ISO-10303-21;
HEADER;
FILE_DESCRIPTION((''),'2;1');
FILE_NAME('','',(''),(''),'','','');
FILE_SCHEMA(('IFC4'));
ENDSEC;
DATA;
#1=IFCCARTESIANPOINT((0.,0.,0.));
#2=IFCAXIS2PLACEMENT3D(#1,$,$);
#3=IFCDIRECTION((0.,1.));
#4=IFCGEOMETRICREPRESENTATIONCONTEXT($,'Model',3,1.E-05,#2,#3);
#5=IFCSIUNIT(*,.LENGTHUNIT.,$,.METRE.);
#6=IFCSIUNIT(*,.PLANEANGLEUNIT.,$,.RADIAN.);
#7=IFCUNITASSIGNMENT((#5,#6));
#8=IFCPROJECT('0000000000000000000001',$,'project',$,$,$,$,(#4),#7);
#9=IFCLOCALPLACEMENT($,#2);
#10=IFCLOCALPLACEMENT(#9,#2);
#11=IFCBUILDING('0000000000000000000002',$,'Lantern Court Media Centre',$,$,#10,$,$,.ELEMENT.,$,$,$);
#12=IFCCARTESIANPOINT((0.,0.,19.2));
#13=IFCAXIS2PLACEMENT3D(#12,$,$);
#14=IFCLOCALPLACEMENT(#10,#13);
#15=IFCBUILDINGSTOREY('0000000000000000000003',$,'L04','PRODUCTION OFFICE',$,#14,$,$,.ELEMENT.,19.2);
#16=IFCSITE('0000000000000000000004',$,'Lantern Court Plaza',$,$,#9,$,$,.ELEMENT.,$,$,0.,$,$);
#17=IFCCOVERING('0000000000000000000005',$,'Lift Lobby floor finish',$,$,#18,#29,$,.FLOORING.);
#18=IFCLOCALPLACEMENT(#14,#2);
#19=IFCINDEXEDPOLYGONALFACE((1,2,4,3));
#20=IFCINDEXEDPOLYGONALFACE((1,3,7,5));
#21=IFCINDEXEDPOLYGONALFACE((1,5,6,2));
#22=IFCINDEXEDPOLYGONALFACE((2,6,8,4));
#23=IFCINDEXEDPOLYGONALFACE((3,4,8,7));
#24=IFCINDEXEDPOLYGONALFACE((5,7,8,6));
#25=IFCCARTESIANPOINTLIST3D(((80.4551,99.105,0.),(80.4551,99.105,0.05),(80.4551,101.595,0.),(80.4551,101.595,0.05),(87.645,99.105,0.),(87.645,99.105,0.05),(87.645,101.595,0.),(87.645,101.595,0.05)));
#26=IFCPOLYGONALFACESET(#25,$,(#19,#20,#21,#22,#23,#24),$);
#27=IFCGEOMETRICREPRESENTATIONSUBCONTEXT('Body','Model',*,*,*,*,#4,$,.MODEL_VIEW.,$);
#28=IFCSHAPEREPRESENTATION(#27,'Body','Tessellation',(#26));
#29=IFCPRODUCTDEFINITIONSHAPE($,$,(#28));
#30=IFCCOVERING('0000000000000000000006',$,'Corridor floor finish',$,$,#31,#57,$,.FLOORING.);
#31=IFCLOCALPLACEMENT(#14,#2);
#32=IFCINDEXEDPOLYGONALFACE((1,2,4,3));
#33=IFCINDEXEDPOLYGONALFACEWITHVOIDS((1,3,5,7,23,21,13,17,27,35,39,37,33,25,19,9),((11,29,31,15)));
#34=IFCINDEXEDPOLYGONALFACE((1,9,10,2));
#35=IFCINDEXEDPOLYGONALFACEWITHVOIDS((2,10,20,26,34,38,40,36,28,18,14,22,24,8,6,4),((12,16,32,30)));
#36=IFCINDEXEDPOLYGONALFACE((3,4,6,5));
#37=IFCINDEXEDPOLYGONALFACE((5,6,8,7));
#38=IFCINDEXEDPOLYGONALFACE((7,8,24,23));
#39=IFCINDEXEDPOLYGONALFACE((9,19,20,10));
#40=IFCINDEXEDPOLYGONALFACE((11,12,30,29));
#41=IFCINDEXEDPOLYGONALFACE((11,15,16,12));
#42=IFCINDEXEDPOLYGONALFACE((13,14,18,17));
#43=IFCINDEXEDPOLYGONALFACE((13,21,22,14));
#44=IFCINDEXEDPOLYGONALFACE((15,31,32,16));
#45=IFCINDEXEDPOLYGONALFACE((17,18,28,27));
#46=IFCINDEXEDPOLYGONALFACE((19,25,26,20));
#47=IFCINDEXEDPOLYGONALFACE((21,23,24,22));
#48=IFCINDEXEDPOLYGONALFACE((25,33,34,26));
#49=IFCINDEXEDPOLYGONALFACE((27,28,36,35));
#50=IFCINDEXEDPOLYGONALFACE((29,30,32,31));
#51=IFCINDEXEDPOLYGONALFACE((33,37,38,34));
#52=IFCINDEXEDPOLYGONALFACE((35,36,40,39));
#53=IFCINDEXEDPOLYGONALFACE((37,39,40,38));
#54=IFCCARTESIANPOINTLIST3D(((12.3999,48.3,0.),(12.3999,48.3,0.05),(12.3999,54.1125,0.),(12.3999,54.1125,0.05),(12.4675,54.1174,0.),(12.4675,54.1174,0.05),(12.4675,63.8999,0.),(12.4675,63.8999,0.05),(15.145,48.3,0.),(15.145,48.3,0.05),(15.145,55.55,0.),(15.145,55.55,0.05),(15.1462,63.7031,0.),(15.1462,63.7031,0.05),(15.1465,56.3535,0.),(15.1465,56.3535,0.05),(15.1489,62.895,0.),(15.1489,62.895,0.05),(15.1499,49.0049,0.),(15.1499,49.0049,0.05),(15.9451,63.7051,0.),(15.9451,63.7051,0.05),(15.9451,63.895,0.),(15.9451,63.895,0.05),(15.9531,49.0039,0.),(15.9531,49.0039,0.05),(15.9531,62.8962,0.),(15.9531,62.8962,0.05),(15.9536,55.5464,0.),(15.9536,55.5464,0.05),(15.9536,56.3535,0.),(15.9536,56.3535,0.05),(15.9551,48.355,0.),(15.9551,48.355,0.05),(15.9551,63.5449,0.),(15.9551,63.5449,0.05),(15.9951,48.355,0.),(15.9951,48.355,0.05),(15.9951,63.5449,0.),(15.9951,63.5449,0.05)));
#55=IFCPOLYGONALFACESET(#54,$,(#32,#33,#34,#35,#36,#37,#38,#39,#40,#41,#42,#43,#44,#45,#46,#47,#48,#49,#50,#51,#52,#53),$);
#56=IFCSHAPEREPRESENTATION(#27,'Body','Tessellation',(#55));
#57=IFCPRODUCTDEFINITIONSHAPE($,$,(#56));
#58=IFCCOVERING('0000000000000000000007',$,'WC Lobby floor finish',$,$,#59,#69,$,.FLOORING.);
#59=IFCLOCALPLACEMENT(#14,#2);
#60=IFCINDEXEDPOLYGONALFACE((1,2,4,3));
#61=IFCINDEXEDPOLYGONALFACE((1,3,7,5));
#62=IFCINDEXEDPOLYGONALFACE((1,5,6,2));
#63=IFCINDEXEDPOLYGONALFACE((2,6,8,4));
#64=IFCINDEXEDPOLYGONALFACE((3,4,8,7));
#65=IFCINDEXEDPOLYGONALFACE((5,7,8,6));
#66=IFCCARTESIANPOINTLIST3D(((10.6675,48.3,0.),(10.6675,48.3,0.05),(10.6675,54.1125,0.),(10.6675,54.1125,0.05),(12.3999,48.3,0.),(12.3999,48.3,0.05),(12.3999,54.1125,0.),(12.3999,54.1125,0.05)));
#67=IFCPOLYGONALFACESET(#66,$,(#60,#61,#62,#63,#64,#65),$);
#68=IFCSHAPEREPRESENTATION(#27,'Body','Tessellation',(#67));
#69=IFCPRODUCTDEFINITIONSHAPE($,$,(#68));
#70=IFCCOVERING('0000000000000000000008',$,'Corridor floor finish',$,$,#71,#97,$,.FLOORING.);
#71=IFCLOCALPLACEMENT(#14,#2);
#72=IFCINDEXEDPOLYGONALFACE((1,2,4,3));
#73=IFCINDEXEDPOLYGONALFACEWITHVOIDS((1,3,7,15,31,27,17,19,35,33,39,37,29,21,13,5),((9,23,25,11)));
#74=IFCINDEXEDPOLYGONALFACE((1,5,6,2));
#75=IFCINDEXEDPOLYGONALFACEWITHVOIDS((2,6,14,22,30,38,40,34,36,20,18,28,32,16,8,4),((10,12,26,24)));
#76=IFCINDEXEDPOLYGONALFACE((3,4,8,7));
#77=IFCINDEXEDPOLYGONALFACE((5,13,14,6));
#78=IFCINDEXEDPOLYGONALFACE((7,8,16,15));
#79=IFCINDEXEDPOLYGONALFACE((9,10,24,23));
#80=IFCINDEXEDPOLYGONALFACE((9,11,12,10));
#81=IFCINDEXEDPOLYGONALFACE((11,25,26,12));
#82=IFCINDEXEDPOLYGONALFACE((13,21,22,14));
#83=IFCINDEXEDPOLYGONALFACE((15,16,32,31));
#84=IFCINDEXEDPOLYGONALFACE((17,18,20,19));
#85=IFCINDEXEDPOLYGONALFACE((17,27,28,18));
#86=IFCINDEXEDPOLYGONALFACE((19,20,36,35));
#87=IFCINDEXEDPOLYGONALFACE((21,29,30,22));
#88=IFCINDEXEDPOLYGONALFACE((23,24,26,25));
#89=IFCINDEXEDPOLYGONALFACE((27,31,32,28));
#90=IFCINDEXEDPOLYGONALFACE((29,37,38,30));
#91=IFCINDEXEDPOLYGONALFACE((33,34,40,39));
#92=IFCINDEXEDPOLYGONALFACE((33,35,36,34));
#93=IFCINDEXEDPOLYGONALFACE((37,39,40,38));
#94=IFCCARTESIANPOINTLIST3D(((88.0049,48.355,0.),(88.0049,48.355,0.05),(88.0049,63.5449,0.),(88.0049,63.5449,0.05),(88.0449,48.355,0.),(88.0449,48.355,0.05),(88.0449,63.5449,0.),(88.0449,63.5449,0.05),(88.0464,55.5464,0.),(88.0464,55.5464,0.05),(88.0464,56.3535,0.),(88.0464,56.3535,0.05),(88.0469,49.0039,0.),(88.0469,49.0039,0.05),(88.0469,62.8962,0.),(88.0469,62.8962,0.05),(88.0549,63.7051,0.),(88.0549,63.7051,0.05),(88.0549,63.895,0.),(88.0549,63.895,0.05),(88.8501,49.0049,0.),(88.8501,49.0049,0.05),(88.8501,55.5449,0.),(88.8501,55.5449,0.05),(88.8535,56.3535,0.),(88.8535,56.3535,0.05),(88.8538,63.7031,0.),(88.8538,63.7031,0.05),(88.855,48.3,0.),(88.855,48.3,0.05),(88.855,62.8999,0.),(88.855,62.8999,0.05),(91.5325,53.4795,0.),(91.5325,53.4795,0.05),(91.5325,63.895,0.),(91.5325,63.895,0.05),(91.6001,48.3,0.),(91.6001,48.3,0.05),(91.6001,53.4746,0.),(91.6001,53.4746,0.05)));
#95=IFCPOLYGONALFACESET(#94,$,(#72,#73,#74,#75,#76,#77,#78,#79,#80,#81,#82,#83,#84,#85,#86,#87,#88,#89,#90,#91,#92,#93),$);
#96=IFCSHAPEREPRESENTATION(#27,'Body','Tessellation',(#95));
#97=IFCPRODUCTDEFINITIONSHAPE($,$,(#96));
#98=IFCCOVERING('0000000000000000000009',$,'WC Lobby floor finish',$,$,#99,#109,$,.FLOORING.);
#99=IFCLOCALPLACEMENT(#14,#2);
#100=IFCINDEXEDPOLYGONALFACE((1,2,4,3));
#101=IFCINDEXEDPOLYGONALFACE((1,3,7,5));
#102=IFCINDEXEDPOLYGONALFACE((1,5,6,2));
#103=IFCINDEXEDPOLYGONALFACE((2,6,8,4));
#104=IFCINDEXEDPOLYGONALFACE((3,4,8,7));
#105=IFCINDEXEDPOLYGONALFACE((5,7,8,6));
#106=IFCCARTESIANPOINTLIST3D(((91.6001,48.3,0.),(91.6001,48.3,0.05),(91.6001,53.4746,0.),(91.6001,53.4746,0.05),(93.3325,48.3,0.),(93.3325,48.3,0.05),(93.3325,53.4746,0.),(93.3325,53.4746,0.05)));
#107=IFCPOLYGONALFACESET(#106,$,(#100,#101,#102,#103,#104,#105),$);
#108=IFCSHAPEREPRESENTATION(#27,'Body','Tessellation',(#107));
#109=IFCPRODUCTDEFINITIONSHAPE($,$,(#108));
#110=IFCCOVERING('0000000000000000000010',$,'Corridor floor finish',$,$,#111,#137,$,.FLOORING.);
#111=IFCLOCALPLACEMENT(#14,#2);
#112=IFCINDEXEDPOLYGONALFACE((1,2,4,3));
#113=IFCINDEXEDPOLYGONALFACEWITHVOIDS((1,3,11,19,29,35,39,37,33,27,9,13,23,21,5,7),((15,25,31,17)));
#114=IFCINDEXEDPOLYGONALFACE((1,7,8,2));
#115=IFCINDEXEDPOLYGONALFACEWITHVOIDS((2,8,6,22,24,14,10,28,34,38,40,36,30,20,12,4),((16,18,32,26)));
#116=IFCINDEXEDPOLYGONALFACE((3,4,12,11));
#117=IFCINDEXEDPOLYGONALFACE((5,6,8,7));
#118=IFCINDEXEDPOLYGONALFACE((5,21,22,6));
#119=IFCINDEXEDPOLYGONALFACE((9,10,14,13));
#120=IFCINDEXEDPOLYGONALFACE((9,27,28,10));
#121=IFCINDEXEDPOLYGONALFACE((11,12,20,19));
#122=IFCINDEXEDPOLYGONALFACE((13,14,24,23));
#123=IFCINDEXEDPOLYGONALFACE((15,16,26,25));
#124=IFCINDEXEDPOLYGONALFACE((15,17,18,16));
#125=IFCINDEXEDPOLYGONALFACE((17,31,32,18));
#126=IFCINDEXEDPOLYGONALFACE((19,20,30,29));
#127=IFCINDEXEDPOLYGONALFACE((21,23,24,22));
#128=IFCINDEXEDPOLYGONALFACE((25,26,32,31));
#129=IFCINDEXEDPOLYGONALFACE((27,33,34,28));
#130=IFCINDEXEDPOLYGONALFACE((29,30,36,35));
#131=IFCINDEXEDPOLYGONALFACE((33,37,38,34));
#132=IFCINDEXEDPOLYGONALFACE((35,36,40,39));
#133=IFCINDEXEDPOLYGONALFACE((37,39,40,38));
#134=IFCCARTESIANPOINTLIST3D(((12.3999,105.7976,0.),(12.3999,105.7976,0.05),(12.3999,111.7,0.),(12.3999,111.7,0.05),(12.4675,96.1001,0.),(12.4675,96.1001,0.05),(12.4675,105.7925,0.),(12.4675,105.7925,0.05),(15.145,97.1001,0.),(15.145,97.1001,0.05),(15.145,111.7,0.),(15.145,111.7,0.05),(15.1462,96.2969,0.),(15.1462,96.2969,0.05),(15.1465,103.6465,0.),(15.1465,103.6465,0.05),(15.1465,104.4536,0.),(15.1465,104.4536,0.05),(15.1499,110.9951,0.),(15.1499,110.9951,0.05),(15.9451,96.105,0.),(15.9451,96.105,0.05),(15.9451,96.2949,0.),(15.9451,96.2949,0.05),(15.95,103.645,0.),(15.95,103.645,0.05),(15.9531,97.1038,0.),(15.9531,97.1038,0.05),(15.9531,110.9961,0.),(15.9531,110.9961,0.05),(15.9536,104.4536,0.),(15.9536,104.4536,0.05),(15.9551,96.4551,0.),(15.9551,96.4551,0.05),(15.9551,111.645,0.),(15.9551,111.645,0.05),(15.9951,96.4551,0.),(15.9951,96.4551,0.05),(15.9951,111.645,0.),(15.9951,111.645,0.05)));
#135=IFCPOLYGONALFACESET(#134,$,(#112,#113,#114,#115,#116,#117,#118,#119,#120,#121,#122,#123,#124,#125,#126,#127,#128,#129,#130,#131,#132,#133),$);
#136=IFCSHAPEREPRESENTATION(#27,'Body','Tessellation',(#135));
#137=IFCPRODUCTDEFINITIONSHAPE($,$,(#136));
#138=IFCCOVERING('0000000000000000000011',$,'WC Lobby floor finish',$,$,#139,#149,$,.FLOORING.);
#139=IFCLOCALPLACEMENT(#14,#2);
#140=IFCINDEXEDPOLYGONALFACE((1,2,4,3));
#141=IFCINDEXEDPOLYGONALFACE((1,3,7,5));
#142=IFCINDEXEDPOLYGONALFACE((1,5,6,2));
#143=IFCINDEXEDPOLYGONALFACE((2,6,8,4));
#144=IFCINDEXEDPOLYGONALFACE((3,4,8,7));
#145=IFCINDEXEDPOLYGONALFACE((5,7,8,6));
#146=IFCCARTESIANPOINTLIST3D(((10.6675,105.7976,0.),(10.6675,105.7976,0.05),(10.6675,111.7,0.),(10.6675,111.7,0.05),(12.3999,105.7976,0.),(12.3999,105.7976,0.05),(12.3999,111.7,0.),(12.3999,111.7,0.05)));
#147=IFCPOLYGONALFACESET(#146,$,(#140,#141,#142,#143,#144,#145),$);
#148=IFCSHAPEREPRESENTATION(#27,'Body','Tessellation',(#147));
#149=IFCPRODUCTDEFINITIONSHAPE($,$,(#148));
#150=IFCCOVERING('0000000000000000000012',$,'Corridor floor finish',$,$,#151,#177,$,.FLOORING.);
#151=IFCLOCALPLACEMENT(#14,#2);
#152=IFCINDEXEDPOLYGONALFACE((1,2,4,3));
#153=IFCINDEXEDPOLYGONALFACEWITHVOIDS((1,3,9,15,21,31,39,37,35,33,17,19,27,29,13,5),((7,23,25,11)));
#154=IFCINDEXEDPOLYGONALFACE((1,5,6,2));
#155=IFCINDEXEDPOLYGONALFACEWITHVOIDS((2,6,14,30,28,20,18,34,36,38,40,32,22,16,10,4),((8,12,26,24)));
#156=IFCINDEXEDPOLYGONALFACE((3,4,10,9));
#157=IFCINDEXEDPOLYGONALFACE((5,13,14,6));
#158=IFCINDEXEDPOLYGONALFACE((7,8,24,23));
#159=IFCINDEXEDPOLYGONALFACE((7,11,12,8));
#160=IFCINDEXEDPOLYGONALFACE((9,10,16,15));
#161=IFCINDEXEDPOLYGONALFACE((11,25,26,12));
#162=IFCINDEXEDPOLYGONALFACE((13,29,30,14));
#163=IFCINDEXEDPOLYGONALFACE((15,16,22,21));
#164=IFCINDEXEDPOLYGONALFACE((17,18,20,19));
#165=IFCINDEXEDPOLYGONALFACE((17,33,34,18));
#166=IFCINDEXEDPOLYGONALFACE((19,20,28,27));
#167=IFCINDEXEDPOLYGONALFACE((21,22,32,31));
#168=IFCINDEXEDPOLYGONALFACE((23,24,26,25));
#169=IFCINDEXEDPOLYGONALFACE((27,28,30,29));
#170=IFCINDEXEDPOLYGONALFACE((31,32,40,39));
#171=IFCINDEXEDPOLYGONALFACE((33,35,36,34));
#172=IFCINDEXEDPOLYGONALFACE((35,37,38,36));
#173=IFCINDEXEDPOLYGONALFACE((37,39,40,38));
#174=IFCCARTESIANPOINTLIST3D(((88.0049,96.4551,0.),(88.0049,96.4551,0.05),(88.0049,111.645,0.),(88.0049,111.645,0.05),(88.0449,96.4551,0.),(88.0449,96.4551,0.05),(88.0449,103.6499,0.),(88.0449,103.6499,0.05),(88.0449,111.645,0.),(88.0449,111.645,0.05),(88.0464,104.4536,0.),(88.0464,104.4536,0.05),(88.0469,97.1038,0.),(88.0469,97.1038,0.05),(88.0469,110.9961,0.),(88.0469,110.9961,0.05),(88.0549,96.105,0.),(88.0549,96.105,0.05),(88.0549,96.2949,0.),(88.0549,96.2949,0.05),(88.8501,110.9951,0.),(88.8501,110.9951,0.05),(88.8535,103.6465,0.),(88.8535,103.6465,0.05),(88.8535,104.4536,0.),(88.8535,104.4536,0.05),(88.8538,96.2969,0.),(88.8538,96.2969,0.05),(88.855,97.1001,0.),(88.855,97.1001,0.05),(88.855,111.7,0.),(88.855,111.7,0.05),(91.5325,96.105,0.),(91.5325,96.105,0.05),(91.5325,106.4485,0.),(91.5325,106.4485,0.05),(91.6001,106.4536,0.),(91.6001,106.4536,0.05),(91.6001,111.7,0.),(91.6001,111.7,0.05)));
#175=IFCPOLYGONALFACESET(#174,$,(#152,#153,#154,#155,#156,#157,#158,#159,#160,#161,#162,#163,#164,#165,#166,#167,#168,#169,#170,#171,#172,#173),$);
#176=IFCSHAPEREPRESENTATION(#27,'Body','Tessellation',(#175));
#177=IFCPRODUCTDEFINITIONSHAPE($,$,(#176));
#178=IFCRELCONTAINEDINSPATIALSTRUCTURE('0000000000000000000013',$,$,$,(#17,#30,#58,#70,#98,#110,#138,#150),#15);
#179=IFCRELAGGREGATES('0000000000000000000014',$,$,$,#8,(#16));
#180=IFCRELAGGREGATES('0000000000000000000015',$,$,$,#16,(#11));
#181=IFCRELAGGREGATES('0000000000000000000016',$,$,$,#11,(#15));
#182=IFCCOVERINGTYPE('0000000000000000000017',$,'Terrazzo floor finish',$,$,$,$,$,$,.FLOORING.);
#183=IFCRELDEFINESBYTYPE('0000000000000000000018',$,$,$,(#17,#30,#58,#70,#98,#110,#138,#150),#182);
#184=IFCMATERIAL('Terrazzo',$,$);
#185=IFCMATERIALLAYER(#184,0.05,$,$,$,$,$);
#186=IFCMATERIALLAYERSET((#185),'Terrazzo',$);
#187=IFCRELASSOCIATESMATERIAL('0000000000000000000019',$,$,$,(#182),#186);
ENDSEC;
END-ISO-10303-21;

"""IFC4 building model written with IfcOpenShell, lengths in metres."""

from ifc_helpers import new_model, si_unit, direction, frame, origin, place, context, subcontext, project, spatial, polyline, outline, extrude, material, layer, layer_set, type_object, element, save


model = new_model("IFC4")

# Units and contexts
model_context = context("Model", 3, precision=1e-05, world=origin(), true_north=direction((0.0, 1.0)))
body_context = subcontext(model_context, "Body", "Model", "MODEL_VIEW")
ifc_project = project(units=[si_unit("LENGTHUNIT", "METRE"), si_unit("PLANEANGLEUNIT", "RADIAN")], contexts=[model_context])

# Site, building, storey
site_placement = place(None, origin())
site = spatial("IfcSite", under=ifc_project, at=site_placement, Name="Lantern Court Plaza", CompositionType="ELEMENT", RefElevation=0.0)
building_placement = place(site_placement, origin())
building = spatial("IfcBuilding", under=site, at=building_placement, Name="Lantern Court Media Centre", CompositionType="ELEMENT")
storey_placement = place(building_placement, frame((0.0, 0.0, 19.2)))
storey = spatial("IfcBuildingStorey", under=building, at=storey_placement, Name="L04", Description="PRODUCTION OFFICE", CompositionType="ELEMENT", Elevation=19.2)

# Coverings
ifc_material_1 = material(Name="Terrazzo")
ifc_layer_1 = layer(ifc_material_1, 0.05)
ifc_layer_set_1 = layer_set([ifc_layer_1], Name="Terrazzo")
covering_type_1 = type_object("IfcCoveringType", Name="Terrazzo floor finish", PredefinedType="FLOORING", material=ifc_layer_set_1)
covering_1_placement = place(storey_placement, origin())
element("IfcCovering", 1, at=covering_1_placement, inside=storey, type_object=covering_type_1, Name="Lift Lobby floor finish", PredefinedType="FLOORING", context=body_context, shape_type="SweptSolid", body=[
    extrude(outline(polyline([(80.4551, 101.595), (87.645, 101.595), (87.645, 99.105), (80.4551, 99.105), (80.4551, 101.595)])), origin(), (0.0, 0.0, 1.0), 0.05),
])
covering_2_placement = place(storey_placement, origin())
element("IfcCovering", 2, at=covering_2_placement, inside=storey, type_object=covering_type_1, Name="Corridor floor finish", PredefinedType="FLOORING", context=body_context, shape_type="SweptSolid", body=[
    extrude(outline(polyline([(12.4675, 63.8999), (15.9451, 63.895), (15.9451, 63.7051), (15.1462, 63.7031), (15.1489, 62.895), (15.9531, 62.8962), (15.9551, 63.5449), (15.9951, 63.5449), (15.9951, 48.355), (15.9551, 48.355), (15.9531, 49.0039), (15.1499, 49.0049), (15.145, 48.3), (12.3999, 48.3), (12.3999, 54.1125), (12.4675, 54.1174), (12.4675, 63.8999)]), holes=[polyline([(15.145, 55.55), (15.9536, 55.5464), (15.9536, 56.3535), (15.1465, 56.3535), (15.145, 55.55)])]), origin(), (0.0, 0.0, 1.0), 0.05),
])
covering_3_placement = place(storey_placement, origin())
element("IfcCovering", 3, at=covering_3_placement, inside=storey, type_object=covering_type_1, Name="WC Lobby floor finish", PredefinedType="FLOORING", context=body_context, shape_type="SweptSolid", body=[
    extrude(outline(polyline([(12.3999, 48.3), (10.6675, 48.3), (10.6675, 54.1125), (12.3999, 54.1125), (12.3999, 48.3)])), origin(), (0.0, 0.0, 1.0), 0.05),
])
covering_4_placement = place(storey_placement, origin())
element("IfcCovering", 4, at=covering_4_placement, inside=storey, type_object=covering_type_1, Name="Corridor floor finish", PredefinedType="FLOORING", context=body_context, shape_type="SweptSolid", body=[
    extrude(outline(polyline([(91.6001, 48.3), (88.855, 48.3), (88.8501, 49.0049), (88.0469, 49.0039), (88.0449, 48.355), (88.0049, 48.355), (88.0049, 63.5449), (88.0449, 63.5449), (88.0469, 62.8962), (88.855, 62.8999), (88.8538, 63.7031), (88.0549, 63.7051), (88.0549, 63.895), (91.5325, 63.895), (91.5325, 53.4795), (91.6001, 53.4746), (91.6001, 48.3)]), holes=[polyline([(88.8501, 55.5449), (88.8535, 56.3535), (88.0464, 56.3535), (88.0464, 55.5464), (88.8501, 55.5449)])]), origin(), (0.0, 0.0, 1.0), 0.05),
])
covering_5_placement = place(storey_placement, origin())
element("IfcCovering", 5, at=covering_5_placement, inside=storey, type_object=covering_type_1, Name="WC Lobby floor finish", PredefinedType="FLOORING", context=body_context, shape_type="SweptSolid", body=[
    extrude(outline(polyline([(91.6001, 48.3), (91.6001, 53.4746), (93.3325, 53.4746), (93.3325, 48.3), (91.6001, 48.3)])), origin(), (0.0, 0.0, 1.0), 0.05),
])
covering_6_placement = place(storey_placement, origin())
element("IfcCovering", 6, at=covering_6_placement, inside=storey, type_object=covering_type_1, Name="Corridor floor finish", PredefinedType="FLOORING", context=body_context, shape_type="SweptSolid", body=[
    extrude(outline(polyline([(12.3999, 111.7), (15.145, 111.7), (15.1499, 110.9951), (15.9531, 110.9961), (15.9551, 111.645), (15.9951, 111.645), (15.9951, 96.4551), (15.9551, 96.4551), (15.9531, 97.1038), (15.145, 97.1001), (15.1462, 96.2969), (15.9451, 96.2949), (15.9451, 96.105), (12.4675, 96.1001), (12.4675, 105.7925), (12.3999, 105.7976), (12.3999, 111.7)]), holes=[polyline([(15.95, 103.645), (15.9536, 104.4536), (15.1465, 104.4536), (15.1465, 103.6465), (15.95, 103.645)])]), origin(), (0.0, 0.0, 1.0), 0.05),
])
covering_7_placement = place(storey_placement, origin())
element("IfcCovering", 7, at=covering_7_placement, inside=storey, type_object=covering_type_1, Name="WC Lobby floor finish", PredefinedType="FLOORING", context=body_context, shape_type="SweptSolid", body=[
    extrude(outline(polyline([(12.3999, 111.7), (12.3999, 105.7976), (10.6675, 105.7976), (10.6675, 111.7), (12.3999, 111.7)])), origin(), (0.0, 0.0, 1.0), 0.05),
])
covering_8_placement = place(storey_placement, origin())
element("IfcCovering", 8, at=covering_8_placement, inside=storey, type_object=covering_type_1, Name="Corridor floor finish", PredefinedType="FLOORING", context=body_context, shape_type="SweptSolid", body=[
    extrude(outline(polyline([(91.6001, 111.7), (91.6001, 106.4536), (91.5325, 106.4485), (91.5325, 96.105), (88.0549, 96.105), (88.0549, 96.2949), (88.8538, 96.2969), (88.855, 97.1001), (88.0469, 97.1038), (88.0449, 96.4551), (88.0049, 96.4551), (88.0049, 111.645), (88.0449, 111.645), (88.0469, 110.9961), (88.8501, 110.9951), (88.855, 111.7), (91.6001, 111.7)]), holes=[polyline([(88.0449, 103.6499), (88.8535, 103.6465), (88.8535, 104.4536), (88.0464, 104.4536), (88.0449, 103.6499)])]), origin(), (0.0, 0.0, 1.0), 0.05),
])

save(model, "model.ifc")
